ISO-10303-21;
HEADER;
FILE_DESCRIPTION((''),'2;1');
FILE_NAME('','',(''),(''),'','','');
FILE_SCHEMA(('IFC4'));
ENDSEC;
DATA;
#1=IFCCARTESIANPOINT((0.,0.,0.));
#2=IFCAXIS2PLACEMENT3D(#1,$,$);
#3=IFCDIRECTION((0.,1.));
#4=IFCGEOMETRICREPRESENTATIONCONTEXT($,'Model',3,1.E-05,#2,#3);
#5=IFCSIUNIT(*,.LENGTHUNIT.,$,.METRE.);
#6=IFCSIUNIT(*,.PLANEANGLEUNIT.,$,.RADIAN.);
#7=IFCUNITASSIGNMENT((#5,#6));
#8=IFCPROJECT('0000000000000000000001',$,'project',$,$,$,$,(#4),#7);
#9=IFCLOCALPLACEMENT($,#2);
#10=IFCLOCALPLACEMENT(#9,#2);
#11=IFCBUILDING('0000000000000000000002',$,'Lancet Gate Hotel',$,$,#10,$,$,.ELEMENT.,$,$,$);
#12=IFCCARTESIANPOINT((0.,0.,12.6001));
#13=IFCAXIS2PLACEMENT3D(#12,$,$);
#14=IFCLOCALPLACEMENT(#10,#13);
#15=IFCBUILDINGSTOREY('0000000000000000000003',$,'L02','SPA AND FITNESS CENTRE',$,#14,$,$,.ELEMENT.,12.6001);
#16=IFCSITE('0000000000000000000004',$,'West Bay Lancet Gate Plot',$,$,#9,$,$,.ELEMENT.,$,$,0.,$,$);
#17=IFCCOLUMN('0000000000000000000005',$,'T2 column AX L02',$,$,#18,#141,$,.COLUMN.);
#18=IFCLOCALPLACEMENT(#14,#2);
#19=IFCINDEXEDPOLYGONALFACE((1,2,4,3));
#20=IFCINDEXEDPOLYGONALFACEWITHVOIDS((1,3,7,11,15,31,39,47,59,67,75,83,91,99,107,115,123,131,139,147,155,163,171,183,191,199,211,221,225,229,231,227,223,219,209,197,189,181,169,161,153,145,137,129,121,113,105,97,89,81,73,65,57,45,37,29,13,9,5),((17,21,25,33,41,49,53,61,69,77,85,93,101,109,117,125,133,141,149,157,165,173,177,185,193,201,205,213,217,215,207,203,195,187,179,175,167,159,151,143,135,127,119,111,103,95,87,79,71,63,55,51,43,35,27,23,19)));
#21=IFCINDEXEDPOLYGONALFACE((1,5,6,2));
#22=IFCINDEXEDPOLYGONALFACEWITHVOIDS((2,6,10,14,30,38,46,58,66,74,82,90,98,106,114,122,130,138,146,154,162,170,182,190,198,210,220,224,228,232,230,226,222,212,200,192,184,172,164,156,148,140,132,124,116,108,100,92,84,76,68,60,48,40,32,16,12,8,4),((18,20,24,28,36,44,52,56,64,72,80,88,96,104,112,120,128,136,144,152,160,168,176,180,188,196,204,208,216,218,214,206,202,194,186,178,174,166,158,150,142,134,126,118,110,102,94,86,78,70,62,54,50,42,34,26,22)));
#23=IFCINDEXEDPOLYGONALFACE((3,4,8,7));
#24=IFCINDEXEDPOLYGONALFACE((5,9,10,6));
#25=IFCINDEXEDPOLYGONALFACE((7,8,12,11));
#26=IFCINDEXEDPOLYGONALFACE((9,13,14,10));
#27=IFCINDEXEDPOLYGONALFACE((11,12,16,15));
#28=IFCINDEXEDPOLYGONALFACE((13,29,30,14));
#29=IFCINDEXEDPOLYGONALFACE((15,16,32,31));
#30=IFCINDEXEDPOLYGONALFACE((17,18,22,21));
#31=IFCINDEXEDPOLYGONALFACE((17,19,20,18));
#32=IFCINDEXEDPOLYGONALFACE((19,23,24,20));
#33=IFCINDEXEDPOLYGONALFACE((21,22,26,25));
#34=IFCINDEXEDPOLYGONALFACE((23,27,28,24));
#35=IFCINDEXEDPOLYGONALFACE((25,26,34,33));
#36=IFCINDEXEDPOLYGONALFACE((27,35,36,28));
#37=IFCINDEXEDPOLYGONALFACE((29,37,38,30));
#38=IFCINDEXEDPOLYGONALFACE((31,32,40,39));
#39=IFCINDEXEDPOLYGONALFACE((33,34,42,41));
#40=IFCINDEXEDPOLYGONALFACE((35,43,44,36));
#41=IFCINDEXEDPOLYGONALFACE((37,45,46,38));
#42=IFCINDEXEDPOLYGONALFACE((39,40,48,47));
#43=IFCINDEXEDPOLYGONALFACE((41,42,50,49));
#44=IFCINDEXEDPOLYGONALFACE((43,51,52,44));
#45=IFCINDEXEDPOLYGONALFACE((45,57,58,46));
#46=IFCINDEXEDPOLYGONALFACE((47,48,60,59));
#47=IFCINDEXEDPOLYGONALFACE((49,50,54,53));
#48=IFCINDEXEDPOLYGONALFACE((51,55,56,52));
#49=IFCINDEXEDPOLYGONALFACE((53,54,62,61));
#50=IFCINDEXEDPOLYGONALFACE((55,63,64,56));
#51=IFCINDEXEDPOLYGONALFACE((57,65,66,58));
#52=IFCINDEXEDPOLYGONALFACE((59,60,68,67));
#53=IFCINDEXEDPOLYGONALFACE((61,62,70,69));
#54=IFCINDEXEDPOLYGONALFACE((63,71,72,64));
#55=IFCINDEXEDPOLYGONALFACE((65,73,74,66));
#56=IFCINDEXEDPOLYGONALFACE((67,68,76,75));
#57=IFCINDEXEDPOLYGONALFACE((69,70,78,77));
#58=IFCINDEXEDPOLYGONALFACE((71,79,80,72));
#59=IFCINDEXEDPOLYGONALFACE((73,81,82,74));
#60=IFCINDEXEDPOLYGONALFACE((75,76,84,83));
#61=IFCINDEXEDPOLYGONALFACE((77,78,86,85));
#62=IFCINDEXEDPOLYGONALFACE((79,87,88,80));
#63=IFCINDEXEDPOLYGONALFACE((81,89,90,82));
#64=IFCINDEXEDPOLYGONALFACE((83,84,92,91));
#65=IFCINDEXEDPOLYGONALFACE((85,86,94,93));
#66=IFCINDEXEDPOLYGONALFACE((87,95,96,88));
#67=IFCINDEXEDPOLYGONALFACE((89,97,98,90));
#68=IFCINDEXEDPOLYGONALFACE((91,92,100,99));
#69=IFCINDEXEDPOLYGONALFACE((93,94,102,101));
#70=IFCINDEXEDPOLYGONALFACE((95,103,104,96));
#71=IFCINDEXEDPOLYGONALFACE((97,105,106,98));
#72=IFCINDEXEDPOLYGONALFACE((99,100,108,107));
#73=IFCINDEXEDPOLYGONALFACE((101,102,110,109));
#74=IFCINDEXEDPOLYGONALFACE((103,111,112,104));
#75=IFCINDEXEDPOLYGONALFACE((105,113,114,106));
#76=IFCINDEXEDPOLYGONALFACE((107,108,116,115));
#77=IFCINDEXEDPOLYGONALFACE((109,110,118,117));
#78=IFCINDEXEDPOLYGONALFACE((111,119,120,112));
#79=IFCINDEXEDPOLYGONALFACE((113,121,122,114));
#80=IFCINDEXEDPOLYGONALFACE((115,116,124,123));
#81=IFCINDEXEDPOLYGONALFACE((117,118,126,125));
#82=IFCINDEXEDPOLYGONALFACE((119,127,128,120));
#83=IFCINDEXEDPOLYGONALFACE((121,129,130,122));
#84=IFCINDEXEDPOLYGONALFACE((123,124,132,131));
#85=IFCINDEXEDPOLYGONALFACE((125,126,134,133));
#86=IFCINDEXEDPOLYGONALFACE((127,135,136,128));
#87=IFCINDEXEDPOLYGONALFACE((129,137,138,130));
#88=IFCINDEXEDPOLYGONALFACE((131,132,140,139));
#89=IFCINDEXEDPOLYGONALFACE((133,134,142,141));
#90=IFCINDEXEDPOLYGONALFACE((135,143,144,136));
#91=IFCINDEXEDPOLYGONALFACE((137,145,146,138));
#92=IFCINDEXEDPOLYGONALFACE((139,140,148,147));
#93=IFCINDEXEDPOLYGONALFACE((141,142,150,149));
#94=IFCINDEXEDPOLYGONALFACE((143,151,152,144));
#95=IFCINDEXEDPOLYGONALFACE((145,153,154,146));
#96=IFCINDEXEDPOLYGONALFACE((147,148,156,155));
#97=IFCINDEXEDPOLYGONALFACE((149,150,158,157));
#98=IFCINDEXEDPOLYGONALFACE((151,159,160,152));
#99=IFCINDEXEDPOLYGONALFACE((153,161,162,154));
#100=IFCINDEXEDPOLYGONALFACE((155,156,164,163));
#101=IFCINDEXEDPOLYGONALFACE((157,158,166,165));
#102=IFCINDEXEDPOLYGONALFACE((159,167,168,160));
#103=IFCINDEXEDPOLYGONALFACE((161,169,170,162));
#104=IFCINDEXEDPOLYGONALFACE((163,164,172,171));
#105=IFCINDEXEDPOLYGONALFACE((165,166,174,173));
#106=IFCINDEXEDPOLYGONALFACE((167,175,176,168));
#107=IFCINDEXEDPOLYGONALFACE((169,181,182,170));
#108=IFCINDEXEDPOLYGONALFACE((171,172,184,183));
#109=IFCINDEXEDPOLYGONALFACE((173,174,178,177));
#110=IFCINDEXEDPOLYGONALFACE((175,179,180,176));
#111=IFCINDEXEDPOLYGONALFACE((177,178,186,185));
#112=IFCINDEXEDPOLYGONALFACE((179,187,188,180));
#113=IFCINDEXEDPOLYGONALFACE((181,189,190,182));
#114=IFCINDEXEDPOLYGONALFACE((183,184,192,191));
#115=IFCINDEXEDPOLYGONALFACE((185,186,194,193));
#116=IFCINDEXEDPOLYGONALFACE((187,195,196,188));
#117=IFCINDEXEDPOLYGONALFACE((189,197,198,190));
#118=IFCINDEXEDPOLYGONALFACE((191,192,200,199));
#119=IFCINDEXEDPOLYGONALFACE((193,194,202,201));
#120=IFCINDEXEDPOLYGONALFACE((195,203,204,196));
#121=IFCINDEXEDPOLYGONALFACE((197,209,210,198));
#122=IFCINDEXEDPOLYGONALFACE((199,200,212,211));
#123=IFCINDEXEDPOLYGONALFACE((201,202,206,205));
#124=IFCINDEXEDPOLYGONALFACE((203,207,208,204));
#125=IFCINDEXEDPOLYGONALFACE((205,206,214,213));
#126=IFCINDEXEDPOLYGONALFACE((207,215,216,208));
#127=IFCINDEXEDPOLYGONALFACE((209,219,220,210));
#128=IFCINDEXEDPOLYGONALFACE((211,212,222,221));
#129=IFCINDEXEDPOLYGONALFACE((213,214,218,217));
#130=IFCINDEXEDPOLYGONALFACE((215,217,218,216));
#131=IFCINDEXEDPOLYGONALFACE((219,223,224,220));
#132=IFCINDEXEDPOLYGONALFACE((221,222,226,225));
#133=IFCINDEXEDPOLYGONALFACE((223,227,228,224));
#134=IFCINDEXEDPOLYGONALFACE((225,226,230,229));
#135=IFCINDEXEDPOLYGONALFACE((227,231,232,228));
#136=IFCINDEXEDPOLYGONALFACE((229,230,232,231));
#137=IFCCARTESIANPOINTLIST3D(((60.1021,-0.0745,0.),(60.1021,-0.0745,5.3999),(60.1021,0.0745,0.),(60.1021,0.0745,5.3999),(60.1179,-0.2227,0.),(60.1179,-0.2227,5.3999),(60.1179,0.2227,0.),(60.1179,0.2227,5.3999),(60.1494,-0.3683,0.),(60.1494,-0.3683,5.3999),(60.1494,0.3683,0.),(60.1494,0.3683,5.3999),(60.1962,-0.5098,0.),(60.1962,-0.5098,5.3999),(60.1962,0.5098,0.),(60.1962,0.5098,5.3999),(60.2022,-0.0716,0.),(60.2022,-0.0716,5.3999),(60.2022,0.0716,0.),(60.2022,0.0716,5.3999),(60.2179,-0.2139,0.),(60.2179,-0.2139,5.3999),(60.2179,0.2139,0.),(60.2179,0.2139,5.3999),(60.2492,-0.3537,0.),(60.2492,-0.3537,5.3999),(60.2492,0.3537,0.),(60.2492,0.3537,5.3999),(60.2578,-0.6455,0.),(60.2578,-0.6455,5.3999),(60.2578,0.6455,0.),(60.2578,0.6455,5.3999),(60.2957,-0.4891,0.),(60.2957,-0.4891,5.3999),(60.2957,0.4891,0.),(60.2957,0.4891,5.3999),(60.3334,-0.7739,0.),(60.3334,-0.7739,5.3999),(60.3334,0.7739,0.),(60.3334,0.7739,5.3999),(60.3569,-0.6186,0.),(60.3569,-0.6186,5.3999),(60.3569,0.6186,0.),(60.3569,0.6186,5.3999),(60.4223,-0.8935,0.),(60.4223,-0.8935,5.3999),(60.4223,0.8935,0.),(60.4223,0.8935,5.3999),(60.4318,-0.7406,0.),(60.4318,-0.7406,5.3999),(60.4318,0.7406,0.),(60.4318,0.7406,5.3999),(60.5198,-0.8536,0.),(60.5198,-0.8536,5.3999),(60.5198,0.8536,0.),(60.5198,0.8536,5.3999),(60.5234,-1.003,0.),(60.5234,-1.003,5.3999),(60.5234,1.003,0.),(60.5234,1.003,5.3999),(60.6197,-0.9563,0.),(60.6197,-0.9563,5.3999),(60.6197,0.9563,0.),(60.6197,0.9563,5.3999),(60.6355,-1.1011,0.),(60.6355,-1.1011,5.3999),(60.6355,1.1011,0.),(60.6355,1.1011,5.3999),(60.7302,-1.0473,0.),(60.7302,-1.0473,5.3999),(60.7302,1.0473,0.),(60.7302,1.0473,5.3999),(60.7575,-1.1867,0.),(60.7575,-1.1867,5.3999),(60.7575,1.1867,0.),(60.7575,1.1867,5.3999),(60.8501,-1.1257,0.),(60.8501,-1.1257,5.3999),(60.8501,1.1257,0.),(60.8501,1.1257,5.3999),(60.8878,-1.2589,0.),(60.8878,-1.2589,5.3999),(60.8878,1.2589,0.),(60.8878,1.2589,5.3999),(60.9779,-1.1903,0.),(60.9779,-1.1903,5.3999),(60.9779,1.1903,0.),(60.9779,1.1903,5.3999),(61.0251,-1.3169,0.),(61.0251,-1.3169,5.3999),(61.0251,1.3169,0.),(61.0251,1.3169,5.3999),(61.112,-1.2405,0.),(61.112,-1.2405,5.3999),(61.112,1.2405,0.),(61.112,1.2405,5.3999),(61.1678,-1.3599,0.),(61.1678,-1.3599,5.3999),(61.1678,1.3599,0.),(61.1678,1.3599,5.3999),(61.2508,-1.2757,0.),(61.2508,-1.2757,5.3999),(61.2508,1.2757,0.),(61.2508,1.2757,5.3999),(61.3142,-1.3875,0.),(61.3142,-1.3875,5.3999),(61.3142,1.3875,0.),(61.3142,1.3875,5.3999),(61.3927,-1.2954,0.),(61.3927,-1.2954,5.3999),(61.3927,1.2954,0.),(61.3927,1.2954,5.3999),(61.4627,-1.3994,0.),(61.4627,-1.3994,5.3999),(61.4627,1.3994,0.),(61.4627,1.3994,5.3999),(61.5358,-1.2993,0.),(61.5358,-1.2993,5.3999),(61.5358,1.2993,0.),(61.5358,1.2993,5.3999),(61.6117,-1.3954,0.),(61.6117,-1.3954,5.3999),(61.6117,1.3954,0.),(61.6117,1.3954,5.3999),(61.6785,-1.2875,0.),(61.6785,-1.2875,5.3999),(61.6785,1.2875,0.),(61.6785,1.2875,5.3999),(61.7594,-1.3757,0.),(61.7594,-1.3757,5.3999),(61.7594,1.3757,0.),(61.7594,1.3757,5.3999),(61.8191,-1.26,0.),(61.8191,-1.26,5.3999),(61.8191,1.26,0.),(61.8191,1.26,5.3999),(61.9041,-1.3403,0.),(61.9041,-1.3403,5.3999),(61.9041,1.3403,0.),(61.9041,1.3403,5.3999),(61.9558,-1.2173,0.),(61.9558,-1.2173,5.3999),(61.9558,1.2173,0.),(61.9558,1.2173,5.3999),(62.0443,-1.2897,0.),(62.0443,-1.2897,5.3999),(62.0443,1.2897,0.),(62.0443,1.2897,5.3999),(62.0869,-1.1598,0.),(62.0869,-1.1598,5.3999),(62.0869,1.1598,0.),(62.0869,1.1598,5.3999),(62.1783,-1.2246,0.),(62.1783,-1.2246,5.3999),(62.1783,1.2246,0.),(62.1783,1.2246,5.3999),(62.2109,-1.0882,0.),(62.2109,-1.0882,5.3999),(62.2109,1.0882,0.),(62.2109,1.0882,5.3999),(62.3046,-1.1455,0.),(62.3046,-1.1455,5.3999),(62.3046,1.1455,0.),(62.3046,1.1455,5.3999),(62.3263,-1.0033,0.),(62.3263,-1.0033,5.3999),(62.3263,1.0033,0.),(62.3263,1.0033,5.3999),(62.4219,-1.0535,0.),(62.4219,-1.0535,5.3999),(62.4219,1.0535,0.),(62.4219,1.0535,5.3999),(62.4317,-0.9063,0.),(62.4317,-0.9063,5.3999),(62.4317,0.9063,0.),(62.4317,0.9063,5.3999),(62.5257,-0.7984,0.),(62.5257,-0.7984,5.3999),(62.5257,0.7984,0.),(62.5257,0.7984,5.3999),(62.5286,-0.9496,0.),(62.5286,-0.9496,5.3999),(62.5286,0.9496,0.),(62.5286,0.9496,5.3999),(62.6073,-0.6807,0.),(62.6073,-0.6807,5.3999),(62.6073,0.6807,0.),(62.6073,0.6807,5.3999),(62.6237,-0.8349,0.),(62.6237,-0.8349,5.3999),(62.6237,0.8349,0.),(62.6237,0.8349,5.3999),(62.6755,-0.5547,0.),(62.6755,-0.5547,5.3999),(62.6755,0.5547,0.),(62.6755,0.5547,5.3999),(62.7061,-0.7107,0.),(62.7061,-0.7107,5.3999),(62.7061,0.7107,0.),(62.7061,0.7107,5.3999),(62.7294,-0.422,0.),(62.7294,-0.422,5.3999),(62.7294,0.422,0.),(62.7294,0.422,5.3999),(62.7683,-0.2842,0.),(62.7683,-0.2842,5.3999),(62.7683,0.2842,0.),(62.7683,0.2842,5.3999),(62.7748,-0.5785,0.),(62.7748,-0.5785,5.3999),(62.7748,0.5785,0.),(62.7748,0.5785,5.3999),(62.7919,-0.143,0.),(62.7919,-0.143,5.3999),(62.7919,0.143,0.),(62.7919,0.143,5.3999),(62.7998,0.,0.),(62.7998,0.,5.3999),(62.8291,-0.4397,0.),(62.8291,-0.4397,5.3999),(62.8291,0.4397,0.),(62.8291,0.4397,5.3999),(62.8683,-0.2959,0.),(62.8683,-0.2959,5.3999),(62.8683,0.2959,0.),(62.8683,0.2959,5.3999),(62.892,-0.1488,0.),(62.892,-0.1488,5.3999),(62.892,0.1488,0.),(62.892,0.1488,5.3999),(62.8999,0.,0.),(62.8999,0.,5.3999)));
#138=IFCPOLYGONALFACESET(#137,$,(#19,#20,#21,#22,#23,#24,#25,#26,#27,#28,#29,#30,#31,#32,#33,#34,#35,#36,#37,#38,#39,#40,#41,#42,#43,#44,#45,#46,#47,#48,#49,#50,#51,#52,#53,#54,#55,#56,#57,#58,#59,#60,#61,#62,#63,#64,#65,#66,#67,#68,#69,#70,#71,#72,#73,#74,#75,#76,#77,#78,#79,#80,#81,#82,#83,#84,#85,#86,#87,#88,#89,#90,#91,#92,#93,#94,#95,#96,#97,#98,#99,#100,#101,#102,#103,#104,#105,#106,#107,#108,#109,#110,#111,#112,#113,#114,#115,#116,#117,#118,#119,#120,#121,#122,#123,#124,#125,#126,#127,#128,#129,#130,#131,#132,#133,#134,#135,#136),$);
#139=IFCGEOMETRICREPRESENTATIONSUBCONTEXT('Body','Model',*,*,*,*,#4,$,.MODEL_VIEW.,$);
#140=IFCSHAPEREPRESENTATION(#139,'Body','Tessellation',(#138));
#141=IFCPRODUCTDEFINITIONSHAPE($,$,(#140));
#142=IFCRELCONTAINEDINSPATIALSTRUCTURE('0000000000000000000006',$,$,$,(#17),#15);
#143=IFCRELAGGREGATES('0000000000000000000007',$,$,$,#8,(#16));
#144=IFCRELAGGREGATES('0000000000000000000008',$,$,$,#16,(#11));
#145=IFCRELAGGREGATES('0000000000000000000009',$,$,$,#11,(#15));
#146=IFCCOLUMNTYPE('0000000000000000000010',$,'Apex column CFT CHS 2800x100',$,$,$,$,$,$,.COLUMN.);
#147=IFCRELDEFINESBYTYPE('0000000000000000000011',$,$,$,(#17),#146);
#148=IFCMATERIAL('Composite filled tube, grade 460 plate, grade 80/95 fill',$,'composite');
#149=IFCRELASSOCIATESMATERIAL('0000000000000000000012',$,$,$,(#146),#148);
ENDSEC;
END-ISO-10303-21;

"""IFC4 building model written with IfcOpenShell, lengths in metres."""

from ifc_helpers import new_model, si_unit, direction, frame, origin, origin_2d, place, context, subcontext, project, spatial, hollow_circle, extrude, material, material_profile, profile_set, type_object, element, save


model = new_model("IFC4")

# Units and contexts
model_context = context("Model", 3, precision=1e-05, world=origin(), true_north=direction((0.0, 1.0)))
body_context = subcontext(model_context, "Body", "Model", "MODEL_VIEW")
ifc_project = project(units=[si_unit("LENGTHUNIT", "METRE"), si_unit("PLANEANGLEUNIT", "RADIAN")], contexts=[model_context])

# Site, building, storey
site_placement = place(None, origin())
site = spatial("IfcSite", under=ifc_project, at=site_placement, Name="West Bay Lancet Gate Plot", CompositionType="ELEMENT", RefElevation=0.0)
building_placement = place(site_placement, origin())
building = spatial("IfcBuilding", under=site, at=building_placement, Name="Lancet Gate Hotel", CompositionType="ELEMENT")
storey_placement = place(building_placement, frame((0.0, 0.0, 12.6001)))
storey = spatial("IfcBuildingStorey", under=building, at=storey_placement, Name="L02", Description="SPA AND FITNESS CENTRE", CompositionType="ELEMENT", Elevation=12.6001)

# Column
ifc_material_1 = material(Name="Composite filled tube, grade 460 plate, grade 80/95 fill", Category="composite")
ifc_material_profile_1 = material_profile(ifc_material_1, hollow_circle(Radius=1.3999, WallThickness=0.1001, at=origin_2d()), Name="CHS 2800x100")
ifc_profile_set_1 = profile_set([ifc_material_profile_1], Name="Composite filled tube, grade 460 plate, grade 80/95 fill")
column_type_1 = type_object("IfcColumnType", Name="Apex column CFT CHS 2800x100", PredefinedType="COLUMN", material=ifc_profile_set_1)
column_1_placement = place(storey_placement, frame((61.5, 0.0, 0.0), z_axis=(0.0, 0.0, 1.0), x_axis=(1.0, 0.0, 0.0)))
element("IfcColumn", 1, at=column_1_placement, inside=storey, type_object=column_type_1, Name="T2 column AX L02", PredefinedType="COLUMN", context=body_context, shape_type="SweptSolid", body=[
    extrude(hollow_circle(Radius=1.3999, WallThickness=0.1001, at=origin_2d()), origin(), (0.0, 0.0, 1.0), 5.3999),
])

save(model, "model.ifc")
